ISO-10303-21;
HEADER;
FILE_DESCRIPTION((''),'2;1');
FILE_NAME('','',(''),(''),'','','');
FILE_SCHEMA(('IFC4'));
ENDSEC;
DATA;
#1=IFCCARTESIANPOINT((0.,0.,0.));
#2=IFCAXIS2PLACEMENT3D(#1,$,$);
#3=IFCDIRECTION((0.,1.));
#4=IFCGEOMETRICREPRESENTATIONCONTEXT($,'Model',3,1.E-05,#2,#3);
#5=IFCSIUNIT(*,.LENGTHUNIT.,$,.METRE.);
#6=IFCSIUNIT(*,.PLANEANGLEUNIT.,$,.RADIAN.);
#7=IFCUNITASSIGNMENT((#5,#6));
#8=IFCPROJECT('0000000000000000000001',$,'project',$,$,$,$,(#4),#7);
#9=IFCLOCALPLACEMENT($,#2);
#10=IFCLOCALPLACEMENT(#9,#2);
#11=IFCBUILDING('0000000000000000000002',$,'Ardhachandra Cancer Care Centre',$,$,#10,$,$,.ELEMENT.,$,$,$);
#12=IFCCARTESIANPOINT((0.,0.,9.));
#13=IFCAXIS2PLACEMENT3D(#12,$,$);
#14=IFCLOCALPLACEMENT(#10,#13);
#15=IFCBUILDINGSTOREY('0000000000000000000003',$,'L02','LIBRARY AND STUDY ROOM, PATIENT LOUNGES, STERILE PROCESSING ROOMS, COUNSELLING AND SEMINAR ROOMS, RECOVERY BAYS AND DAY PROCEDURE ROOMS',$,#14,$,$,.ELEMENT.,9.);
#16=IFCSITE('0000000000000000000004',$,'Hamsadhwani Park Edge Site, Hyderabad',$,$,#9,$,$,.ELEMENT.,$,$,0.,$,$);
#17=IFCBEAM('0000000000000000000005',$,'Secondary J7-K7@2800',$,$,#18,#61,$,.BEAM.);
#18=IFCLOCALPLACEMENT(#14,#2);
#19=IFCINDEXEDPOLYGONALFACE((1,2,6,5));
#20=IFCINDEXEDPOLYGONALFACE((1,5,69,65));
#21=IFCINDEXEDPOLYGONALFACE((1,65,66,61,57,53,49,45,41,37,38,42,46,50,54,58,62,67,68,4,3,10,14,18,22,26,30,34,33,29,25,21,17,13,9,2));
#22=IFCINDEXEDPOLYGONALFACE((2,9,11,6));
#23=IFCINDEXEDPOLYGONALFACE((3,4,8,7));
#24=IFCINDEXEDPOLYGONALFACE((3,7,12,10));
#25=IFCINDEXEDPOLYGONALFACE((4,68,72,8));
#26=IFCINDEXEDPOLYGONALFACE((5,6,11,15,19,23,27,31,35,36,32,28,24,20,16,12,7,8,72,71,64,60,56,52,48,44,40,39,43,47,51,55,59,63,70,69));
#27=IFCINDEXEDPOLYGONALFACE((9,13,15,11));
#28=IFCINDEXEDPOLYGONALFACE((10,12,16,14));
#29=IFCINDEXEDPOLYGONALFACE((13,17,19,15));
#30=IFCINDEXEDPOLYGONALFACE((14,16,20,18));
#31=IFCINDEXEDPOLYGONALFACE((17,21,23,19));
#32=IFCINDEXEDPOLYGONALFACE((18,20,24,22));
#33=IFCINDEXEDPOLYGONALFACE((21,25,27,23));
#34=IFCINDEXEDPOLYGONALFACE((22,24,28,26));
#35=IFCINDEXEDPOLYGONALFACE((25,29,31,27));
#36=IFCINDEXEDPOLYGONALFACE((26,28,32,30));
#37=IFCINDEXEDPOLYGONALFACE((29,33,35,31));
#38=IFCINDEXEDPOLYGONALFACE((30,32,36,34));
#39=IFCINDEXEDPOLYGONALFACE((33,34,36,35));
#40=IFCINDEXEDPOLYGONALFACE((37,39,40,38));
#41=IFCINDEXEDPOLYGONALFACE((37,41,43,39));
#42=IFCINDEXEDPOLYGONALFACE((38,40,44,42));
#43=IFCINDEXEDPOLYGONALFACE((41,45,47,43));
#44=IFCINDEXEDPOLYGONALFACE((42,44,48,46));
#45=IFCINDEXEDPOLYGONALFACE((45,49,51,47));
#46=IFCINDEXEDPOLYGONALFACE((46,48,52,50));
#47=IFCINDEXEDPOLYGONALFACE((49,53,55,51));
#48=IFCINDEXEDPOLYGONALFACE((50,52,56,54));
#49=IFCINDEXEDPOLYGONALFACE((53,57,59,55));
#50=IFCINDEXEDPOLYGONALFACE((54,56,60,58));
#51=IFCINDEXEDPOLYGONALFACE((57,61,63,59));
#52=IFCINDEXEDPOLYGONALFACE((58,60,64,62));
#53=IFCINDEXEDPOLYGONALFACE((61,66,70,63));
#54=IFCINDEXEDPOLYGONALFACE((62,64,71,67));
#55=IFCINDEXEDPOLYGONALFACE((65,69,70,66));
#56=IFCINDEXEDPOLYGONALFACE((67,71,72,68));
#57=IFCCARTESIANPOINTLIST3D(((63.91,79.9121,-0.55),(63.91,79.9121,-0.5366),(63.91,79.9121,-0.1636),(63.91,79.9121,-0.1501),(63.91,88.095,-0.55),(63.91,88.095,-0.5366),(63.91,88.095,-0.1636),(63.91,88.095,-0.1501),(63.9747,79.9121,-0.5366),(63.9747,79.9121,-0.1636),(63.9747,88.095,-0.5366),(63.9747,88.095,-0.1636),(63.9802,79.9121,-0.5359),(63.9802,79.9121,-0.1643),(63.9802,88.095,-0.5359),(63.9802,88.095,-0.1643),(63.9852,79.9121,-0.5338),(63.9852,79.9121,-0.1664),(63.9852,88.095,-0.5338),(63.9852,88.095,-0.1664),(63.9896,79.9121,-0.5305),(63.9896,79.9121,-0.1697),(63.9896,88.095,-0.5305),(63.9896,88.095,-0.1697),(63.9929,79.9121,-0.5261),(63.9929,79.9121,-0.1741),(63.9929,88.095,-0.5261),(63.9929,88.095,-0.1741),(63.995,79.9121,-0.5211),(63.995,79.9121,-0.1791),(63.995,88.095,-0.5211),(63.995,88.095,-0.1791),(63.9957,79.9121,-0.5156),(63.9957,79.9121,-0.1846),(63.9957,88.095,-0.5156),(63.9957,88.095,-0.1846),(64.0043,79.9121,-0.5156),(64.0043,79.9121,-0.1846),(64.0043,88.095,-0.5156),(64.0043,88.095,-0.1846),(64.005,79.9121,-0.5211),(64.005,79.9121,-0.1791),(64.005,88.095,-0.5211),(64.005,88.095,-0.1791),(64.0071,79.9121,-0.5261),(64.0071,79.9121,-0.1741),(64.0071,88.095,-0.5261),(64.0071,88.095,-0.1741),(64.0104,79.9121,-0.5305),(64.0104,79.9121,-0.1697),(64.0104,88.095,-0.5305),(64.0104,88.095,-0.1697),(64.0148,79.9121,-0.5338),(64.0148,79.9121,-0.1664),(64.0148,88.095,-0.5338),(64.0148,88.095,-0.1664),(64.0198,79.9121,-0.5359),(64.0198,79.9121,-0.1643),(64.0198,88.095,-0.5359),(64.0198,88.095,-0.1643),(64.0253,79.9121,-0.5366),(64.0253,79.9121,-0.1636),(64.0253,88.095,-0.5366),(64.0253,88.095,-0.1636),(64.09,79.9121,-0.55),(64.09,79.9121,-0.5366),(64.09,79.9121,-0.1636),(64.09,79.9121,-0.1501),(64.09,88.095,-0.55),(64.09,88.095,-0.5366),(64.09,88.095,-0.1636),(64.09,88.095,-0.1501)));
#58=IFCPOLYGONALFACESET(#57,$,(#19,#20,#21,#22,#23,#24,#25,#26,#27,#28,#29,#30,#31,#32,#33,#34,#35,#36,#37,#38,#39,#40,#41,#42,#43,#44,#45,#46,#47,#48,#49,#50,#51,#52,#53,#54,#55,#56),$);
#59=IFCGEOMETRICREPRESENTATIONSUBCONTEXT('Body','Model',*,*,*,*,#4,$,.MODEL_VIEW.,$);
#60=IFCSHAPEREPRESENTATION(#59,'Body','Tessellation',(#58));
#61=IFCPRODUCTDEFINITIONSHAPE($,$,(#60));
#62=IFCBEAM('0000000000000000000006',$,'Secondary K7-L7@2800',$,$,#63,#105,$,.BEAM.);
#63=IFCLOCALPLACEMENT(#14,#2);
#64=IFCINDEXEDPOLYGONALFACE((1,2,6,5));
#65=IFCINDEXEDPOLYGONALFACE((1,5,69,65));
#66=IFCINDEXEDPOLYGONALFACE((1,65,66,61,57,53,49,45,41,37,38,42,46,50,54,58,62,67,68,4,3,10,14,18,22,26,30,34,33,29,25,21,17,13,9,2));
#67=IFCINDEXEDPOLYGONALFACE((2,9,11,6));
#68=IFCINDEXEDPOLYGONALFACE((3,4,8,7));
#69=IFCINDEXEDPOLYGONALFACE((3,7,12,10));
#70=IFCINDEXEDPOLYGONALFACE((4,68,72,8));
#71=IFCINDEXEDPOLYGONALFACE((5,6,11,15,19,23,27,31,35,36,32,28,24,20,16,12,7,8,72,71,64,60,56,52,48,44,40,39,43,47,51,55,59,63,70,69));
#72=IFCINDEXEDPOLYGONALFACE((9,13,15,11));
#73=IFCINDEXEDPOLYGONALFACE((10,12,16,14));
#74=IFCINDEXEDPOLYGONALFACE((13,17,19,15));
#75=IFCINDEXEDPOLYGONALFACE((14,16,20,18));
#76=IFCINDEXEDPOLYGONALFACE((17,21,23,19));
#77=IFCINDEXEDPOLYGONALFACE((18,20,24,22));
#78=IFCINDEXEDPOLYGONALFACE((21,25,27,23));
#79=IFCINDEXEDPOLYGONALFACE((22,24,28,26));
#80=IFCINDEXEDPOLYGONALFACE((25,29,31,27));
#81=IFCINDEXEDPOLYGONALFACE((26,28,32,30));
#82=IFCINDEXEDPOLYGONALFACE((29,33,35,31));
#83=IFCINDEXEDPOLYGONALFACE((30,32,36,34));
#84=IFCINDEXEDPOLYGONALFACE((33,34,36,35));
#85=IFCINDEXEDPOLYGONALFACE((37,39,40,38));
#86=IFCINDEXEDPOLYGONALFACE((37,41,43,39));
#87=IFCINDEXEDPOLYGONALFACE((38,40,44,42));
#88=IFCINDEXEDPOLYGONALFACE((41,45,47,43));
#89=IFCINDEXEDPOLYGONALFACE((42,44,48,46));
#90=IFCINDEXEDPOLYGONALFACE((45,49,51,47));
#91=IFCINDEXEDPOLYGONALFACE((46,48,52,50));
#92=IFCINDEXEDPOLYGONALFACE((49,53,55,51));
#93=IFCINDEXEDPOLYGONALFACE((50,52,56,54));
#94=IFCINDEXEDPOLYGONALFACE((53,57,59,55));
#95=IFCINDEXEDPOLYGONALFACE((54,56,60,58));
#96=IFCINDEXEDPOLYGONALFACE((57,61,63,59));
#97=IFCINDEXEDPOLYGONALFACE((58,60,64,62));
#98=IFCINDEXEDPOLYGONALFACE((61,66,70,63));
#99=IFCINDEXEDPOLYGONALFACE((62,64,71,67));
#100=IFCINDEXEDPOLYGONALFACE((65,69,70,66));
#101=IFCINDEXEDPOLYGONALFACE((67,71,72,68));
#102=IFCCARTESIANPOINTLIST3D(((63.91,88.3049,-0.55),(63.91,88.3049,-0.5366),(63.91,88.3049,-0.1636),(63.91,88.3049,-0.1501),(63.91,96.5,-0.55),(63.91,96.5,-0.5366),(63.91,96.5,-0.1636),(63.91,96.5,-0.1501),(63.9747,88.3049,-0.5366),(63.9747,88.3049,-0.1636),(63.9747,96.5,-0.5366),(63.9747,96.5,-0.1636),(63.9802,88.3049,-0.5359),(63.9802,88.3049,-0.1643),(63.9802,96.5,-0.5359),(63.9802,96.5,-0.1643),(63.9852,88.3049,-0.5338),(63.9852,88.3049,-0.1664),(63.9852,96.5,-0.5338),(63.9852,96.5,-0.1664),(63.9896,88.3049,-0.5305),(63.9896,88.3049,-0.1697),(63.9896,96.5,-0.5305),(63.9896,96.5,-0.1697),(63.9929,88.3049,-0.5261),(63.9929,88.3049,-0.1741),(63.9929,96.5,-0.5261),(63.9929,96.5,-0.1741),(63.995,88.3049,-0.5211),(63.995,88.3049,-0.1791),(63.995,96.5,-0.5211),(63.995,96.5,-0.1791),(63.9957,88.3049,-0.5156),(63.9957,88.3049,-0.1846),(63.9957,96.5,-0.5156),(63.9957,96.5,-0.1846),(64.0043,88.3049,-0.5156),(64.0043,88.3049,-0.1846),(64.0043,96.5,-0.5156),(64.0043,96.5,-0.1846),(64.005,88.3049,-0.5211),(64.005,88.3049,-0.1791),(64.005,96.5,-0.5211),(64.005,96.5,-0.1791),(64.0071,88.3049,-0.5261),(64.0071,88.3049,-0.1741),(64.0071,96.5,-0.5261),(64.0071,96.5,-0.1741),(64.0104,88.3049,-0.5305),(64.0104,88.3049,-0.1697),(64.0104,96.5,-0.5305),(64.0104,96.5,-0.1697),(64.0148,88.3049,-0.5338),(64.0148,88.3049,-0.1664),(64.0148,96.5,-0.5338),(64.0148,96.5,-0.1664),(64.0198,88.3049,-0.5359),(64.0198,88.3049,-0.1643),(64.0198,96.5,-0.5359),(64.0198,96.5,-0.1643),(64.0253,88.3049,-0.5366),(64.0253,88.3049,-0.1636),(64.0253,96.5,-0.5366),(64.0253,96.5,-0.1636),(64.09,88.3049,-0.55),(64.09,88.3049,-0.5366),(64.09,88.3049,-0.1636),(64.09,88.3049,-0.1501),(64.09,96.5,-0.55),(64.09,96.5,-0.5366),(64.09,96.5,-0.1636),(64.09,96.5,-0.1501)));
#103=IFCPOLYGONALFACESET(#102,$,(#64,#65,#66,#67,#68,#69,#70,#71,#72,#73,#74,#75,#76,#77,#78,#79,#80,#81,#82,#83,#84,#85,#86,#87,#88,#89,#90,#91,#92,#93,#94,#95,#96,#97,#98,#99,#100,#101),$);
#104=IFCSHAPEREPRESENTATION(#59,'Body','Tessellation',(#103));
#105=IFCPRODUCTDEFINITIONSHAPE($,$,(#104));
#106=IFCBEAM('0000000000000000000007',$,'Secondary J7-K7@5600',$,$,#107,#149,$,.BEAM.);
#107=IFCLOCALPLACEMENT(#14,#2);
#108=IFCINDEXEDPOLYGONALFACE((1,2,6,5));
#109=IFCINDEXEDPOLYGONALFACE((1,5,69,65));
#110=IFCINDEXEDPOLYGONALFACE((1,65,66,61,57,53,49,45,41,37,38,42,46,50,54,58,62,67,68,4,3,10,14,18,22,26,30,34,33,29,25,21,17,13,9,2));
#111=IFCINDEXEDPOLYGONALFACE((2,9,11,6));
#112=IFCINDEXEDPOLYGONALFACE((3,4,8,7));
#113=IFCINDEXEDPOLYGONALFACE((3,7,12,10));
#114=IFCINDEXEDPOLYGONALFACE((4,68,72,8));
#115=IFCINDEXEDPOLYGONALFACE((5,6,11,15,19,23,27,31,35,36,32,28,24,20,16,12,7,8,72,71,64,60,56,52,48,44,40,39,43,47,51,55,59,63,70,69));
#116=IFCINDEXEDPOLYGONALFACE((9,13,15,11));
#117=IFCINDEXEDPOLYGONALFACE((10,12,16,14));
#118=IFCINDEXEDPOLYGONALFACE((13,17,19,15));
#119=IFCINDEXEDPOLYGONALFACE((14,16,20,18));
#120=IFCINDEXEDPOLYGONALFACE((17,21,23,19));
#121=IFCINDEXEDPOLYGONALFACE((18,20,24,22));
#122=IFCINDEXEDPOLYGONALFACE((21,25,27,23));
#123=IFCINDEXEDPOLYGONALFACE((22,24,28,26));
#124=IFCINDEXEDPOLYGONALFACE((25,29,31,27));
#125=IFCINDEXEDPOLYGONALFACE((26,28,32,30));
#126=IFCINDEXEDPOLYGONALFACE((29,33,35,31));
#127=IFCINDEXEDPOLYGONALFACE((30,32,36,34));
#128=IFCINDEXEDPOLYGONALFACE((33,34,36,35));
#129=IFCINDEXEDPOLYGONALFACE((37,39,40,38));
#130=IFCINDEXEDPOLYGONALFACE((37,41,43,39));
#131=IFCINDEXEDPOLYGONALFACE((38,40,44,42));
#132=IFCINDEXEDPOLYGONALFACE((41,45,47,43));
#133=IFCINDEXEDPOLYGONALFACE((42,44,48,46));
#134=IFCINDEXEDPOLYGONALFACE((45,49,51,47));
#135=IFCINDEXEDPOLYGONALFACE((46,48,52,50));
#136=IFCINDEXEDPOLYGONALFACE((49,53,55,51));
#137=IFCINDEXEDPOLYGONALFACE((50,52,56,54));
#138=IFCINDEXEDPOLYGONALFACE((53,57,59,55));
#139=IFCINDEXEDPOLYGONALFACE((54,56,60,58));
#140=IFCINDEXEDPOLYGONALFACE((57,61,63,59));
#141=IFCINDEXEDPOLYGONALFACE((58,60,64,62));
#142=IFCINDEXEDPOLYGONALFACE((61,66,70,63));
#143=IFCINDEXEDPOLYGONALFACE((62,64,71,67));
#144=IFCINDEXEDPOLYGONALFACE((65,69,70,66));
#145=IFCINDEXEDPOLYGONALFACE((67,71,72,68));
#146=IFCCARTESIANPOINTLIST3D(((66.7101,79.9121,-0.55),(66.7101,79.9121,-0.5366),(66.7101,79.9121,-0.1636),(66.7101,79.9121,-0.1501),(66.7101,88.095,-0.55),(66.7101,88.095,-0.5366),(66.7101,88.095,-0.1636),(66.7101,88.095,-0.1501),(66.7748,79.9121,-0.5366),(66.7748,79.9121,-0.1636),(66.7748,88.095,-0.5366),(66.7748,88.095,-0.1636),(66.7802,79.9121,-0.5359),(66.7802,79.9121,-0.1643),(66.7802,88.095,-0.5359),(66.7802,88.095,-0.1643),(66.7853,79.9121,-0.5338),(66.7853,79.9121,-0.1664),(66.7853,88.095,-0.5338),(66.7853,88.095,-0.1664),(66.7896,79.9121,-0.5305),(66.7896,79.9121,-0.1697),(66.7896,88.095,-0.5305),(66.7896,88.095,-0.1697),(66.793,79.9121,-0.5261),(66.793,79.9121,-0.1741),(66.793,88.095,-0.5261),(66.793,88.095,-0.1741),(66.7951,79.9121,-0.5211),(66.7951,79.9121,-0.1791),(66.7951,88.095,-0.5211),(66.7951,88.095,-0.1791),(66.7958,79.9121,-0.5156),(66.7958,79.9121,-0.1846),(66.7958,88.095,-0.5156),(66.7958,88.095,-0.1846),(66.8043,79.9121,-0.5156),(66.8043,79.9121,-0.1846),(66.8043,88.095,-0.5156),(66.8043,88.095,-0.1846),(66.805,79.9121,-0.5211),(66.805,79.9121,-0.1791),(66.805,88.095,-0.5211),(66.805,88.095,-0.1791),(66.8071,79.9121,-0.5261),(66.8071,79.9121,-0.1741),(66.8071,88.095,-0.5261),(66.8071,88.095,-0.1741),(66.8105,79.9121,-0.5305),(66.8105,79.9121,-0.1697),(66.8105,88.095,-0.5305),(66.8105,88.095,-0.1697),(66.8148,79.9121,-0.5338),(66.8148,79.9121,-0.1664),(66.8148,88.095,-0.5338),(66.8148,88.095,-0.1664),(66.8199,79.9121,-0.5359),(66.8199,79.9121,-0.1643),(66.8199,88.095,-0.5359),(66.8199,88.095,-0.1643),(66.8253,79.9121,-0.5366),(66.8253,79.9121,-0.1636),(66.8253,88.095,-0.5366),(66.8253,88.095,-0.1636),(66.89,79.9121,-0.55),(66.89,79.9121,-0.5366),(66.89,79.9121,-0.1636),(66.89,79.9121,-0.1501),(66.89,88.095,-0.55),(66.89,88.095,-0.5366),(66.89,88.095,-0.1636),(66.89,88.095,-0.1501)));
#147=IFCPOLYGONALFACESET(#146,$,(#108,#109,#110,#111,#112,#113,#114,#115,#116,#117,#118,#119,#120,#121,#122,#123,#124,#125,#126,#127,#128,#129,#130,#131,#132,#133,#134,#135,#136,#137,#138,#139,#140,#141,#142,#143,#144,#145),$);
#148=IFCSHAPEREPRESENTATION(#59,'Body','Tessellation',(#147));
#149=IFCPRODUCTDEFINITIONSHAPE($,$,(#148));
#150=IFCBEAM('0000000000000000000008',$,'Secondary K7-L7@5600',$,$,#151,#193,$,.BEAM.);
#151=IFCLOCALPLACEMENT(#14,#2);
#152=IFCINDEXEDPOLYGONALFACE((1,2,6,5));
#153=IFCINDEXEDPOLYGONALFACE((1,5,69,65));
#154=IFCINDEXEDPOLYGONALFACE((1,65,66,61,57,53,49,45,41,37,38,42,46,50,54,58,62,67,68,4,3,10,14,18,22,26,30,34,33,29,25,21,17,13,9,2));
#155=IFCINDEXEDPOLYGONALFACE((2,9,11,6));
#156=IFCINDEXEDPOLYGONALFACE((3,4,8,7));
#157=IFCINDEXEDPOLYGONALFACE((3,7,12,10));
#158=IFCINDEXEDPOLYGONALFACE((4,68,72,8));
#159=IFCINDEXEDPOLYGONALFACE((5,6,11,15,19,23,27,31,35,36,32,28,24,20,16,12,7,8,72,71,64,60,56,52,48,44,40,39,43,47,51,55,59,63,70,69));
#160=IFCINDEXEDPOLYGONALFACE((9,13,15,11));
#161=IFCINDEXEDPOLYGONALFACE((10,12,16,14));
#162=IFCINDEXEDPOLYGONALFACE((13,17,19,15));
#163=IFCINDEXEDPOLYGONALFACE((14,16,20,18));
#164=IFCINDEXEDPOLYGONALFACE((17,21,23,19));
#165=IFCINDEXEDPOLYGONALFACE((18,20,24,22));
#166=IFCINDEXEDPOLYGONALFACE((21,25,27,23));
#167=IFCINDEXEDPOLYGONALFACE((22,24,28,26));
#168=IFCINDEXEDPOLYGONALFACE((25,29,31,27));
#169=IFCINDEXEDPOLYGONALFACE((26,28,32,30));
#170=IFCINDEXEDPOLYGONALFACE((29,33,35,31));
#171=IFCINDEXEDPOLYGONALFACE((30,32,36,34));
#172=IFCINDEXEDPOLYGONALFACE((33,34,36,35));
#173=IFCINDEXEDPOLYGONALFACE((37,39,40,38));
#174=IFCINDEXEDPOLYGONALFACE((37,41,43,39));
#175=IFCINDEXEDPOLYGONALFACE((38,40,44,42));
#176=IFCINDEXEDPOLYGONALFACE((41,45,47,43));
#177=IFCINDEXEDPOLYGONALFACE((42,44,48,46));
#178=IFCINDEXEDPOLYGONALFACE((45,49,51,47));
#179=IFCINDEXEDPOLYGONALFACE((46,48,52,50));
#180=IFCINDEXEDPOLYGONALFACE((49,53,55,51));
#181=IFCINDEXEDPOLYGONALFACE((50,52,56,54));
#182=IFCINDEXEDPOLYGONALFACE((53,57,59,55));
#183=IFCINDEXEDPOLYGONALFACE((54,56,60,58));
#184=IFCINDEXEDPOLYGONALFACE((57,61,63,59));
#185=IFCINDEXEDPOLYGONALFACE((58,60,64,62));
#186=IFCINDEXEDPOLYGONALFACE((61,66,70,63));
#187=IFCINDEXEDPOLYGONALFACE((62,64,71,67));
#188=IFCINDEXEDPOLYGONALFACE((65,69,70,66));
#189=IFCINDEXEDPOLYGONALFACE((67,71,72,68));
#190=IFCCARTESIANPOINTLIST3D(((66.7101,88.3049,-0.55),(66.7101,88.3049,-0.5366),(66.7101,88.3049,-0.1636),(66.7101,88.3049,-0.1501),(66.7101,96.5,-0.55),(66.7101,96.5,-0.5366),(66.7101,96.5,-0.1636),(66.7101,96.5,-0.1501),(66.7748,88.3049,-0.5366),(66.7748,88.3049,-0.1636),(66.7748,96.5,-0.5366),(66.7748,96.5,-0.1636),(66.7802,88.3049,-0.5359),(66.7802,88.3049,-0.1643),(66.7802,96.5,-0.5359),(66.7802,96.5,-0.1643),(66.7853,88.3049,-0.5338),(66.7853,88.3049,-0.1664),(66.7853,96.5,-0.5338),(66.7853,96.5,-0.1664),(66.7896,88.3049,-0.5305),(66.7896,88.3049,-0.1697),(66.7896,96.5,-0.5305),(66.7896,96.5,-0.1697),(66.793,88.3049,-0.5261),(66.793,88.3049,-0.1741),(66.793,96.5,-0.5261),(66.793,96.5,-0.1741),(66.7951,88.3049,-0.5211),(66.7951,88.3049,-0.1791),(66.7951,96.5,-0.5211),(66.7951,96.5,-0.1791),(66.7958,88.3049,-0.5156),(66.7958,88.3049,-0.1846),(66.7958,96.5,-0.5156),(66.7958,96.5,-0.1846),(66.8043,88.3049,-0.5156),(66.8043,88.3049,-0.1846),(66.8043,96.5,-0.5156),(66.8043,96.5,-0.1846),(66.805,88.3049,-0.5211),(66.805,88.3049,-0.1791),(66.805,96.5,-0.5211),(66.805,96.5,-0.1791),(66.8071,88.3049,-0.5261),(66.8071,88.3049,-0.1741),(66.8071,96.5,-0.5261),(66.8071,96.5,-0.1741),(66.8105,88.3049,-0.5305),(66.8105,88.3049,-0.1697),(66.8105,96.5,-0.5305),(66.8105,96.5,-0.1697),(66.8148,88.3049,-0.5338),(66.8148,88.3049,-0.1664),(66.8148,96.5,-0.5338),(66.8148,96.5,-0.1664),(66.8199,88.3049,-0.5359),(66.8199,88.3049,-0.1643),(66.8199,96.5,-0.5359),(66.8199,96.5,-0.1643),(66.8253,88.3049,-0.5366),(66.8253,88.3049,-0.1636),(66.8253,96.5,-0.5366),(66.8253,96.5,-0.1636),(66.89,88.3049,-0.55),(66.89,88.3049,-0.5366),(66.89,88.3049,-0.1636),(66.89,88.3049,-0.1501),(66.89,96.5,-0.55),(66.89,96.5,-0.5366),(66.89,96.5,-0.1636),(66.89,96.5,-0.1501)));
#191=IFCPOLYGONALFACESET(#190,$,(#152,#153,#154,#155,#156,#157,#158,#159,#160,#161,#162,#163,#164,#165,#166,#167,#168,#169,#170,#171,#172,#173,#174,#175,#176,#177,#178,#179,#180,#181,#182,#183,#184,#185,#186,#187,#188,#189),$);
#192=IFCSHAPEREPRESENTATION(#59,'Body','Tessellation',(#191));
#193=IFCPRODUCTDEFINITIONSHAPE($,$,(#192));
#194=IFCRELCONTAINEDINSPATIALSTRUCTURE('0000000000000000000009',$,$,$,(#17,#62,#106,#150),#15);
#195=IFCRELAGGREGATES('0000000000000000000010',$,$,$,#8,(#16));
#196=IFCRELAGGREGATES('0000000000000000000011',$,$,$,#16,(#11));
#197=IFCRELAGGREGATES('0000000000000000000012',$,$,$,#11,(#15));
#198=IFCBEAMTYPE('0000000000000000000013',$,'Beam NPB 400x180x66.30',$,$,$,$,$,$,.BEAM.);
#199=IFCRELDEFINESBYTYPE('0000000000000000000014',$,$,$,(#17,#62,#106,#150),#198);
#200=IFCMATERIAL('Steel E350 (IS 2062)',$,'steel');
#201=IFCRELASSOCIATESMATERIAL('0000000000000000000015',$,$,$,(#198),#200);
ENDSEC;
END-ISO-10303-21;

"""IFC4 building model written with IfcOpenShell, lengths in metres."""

from ifc_helpers import new_model, si_unit, direction, frame, origin, origin_2d, place, context, subcontext, project, spatial, i_section, extrude, material, material_profile, profile_set, type_object, element, save


model = new_model("IFC4")

# Units and contexts
model_context = context("Model", 3, precision=1e-05, world=origin(), true_north=direction((0.0, 1.0)))
body_context = subcontext(model_context, "Body", "Model", "MODEL_VIEW")
ifc_project = project(units=[si_unit("LENGTHUNIT", "METRE"), si_unit("PLANEANGLEUNIT", "RADIAN")], contexts=[model_context])

# Site, building, storey
site_placement = place(None, origin())
site = spatial("IfcSite", under=ifc_project, at=site_placement, Name="Hamsadhwani Park Edge Site, Hyderabad", CompositionType="ELEMENT", RefElevation=0.0)
building_placement = place(site_placement, origin())
building = spatial("IfcBuilding", under=site, at=building_placement, Name="Ardhachandra Cancer Care Centre", CompositionType="ELEMENT")
storey_placement = place(building_placement, frame((0.0, 0.0, 9.0)))
storey = spatial("IfcBuildingStorey", under=building, at=storey_placement, Name="L02", Description="LIBRARY AND STUDY ROOM, PATIENT LOUNGES, STERILE PROCESSING ROOMS, COUNSELLING AND SEMINAR ROOMS, RECOVERY BAYS AND DAY PROCEDURE ROOMS", CompositionType="ELEMENT", Elevation=9.0)

# Beams
ifc_material_1 = material(Name="Steel E350 (IS 2062)", Category="steel")
ifc_material_profile_1 = material_profile(ifc_material_1, i_section(OverallWidth=0.1799, OverallDepth=0.3999, WebThickness=0.0085, FlangeThickness=0.0134, FilletRadius=0.021, at=origin_2d()), Name="NPB 400x180x66.30")
ifc_profile_set_1 = profile_set([ifc_material_profile_1], Name="Steel E350 (IS 2062)")
beam_type = type_object("IfcBeamType", Name="Beam NPB 400x180x66.30", PredefinedType="BEAM", material=ifc_profile_set_1)
beam_1_placement = place(storey_placement, frame((64.0, 79.9121, -0.3501), z_axis=(0.0, 1.0, 0.0), x_axis=(-1.0, 0.0, 0.0)))
element("IfcBeam", 1, at=beam_1_placement, inside=storey, type_object=beam_type, Name="Secondary J7-K7@2800", PredefinedType="BEAM", context=body_context, shape_type="SweptSolid", body=[
    extrude(i_section(OverallWidth=0.1799, OverallDepth=0.3999, WebThickness=0.0085, FlangeThickness=0.0134, FilletRadius=0.021, at=origin_2d()), origin(), (0.0, 0.0, 1.0), 8.1829),
])
beam_2_placement = place(storey_placement, frame((64.0, 88.3049, -0.3501), z_axis=(0.0, 1.0, 0.0), x_axis=(-1.0, 0.0, 0.0)))
element("IfcBeam", 2, at=beam_2_placement, inside=storey, type_object=beam_type, Name="Secondary K7-L7@2800", PredefinedType="BEAM", context=body_context, shape_type="SweptSolid", body=[
    extrude(i_section(OverallWidth=0.1799, OverallDepth=0.3999, WebThickness=0.0085, FlangeThickness=0.0134, FilletRadius=0.021, at=origin_2d()), origin(), (0.0, 0.0, 1.0), 8.1951),
])
beam_3_placement = place(storey_placement, frame((66.8, 79.9121, -0.3501), z_axis=(0.0, 1.0, 0.0), x_axis=(-1.0, 0.0, 0.0)))
element("IfcBeam", 3, at=beam_3_placement, inside=storey, type_object=beam_type, Name="Secondary J7-K7@5600", PredefinedType="BEAM", context=body_context, shape_type="SweptSolid", body=[
    extrude(i_section(OverallWidth=0.1799, OverallDepth=0.3999, WebThickness=0.0085, FlangeThickness=0.0134, FilletRadius=0.021, at=origin_2d()), origin(), (0.0, 0.0, 1.0), 8.1829),
])
beam_4_placement = place(storey_placement, frame((66.8, 88.3049, -0.3501), z_axis=(0.0, 1.0, 0.0), x_axis=(-1.0, 0.0, 0.0)))
element("IfcBeam", 4, at=beam_4_placement, inside=storey, type_object=beam_type, Name="Secondary K7-L7@5600", PredefinedType="BEAM", context=body_context, shape_type="SweptSolid", body=[
    extrude(i_section(OverallWidth=0.1799, OverallDepth=0.3999, WebThickness=0.0085, FlangeThickness=0.0134, FilletRadius=0.021, at=origin_2d()), origin(), (0.0, 0.0, 1.0), 8.1951),
])

save(model, "model.ifc")
